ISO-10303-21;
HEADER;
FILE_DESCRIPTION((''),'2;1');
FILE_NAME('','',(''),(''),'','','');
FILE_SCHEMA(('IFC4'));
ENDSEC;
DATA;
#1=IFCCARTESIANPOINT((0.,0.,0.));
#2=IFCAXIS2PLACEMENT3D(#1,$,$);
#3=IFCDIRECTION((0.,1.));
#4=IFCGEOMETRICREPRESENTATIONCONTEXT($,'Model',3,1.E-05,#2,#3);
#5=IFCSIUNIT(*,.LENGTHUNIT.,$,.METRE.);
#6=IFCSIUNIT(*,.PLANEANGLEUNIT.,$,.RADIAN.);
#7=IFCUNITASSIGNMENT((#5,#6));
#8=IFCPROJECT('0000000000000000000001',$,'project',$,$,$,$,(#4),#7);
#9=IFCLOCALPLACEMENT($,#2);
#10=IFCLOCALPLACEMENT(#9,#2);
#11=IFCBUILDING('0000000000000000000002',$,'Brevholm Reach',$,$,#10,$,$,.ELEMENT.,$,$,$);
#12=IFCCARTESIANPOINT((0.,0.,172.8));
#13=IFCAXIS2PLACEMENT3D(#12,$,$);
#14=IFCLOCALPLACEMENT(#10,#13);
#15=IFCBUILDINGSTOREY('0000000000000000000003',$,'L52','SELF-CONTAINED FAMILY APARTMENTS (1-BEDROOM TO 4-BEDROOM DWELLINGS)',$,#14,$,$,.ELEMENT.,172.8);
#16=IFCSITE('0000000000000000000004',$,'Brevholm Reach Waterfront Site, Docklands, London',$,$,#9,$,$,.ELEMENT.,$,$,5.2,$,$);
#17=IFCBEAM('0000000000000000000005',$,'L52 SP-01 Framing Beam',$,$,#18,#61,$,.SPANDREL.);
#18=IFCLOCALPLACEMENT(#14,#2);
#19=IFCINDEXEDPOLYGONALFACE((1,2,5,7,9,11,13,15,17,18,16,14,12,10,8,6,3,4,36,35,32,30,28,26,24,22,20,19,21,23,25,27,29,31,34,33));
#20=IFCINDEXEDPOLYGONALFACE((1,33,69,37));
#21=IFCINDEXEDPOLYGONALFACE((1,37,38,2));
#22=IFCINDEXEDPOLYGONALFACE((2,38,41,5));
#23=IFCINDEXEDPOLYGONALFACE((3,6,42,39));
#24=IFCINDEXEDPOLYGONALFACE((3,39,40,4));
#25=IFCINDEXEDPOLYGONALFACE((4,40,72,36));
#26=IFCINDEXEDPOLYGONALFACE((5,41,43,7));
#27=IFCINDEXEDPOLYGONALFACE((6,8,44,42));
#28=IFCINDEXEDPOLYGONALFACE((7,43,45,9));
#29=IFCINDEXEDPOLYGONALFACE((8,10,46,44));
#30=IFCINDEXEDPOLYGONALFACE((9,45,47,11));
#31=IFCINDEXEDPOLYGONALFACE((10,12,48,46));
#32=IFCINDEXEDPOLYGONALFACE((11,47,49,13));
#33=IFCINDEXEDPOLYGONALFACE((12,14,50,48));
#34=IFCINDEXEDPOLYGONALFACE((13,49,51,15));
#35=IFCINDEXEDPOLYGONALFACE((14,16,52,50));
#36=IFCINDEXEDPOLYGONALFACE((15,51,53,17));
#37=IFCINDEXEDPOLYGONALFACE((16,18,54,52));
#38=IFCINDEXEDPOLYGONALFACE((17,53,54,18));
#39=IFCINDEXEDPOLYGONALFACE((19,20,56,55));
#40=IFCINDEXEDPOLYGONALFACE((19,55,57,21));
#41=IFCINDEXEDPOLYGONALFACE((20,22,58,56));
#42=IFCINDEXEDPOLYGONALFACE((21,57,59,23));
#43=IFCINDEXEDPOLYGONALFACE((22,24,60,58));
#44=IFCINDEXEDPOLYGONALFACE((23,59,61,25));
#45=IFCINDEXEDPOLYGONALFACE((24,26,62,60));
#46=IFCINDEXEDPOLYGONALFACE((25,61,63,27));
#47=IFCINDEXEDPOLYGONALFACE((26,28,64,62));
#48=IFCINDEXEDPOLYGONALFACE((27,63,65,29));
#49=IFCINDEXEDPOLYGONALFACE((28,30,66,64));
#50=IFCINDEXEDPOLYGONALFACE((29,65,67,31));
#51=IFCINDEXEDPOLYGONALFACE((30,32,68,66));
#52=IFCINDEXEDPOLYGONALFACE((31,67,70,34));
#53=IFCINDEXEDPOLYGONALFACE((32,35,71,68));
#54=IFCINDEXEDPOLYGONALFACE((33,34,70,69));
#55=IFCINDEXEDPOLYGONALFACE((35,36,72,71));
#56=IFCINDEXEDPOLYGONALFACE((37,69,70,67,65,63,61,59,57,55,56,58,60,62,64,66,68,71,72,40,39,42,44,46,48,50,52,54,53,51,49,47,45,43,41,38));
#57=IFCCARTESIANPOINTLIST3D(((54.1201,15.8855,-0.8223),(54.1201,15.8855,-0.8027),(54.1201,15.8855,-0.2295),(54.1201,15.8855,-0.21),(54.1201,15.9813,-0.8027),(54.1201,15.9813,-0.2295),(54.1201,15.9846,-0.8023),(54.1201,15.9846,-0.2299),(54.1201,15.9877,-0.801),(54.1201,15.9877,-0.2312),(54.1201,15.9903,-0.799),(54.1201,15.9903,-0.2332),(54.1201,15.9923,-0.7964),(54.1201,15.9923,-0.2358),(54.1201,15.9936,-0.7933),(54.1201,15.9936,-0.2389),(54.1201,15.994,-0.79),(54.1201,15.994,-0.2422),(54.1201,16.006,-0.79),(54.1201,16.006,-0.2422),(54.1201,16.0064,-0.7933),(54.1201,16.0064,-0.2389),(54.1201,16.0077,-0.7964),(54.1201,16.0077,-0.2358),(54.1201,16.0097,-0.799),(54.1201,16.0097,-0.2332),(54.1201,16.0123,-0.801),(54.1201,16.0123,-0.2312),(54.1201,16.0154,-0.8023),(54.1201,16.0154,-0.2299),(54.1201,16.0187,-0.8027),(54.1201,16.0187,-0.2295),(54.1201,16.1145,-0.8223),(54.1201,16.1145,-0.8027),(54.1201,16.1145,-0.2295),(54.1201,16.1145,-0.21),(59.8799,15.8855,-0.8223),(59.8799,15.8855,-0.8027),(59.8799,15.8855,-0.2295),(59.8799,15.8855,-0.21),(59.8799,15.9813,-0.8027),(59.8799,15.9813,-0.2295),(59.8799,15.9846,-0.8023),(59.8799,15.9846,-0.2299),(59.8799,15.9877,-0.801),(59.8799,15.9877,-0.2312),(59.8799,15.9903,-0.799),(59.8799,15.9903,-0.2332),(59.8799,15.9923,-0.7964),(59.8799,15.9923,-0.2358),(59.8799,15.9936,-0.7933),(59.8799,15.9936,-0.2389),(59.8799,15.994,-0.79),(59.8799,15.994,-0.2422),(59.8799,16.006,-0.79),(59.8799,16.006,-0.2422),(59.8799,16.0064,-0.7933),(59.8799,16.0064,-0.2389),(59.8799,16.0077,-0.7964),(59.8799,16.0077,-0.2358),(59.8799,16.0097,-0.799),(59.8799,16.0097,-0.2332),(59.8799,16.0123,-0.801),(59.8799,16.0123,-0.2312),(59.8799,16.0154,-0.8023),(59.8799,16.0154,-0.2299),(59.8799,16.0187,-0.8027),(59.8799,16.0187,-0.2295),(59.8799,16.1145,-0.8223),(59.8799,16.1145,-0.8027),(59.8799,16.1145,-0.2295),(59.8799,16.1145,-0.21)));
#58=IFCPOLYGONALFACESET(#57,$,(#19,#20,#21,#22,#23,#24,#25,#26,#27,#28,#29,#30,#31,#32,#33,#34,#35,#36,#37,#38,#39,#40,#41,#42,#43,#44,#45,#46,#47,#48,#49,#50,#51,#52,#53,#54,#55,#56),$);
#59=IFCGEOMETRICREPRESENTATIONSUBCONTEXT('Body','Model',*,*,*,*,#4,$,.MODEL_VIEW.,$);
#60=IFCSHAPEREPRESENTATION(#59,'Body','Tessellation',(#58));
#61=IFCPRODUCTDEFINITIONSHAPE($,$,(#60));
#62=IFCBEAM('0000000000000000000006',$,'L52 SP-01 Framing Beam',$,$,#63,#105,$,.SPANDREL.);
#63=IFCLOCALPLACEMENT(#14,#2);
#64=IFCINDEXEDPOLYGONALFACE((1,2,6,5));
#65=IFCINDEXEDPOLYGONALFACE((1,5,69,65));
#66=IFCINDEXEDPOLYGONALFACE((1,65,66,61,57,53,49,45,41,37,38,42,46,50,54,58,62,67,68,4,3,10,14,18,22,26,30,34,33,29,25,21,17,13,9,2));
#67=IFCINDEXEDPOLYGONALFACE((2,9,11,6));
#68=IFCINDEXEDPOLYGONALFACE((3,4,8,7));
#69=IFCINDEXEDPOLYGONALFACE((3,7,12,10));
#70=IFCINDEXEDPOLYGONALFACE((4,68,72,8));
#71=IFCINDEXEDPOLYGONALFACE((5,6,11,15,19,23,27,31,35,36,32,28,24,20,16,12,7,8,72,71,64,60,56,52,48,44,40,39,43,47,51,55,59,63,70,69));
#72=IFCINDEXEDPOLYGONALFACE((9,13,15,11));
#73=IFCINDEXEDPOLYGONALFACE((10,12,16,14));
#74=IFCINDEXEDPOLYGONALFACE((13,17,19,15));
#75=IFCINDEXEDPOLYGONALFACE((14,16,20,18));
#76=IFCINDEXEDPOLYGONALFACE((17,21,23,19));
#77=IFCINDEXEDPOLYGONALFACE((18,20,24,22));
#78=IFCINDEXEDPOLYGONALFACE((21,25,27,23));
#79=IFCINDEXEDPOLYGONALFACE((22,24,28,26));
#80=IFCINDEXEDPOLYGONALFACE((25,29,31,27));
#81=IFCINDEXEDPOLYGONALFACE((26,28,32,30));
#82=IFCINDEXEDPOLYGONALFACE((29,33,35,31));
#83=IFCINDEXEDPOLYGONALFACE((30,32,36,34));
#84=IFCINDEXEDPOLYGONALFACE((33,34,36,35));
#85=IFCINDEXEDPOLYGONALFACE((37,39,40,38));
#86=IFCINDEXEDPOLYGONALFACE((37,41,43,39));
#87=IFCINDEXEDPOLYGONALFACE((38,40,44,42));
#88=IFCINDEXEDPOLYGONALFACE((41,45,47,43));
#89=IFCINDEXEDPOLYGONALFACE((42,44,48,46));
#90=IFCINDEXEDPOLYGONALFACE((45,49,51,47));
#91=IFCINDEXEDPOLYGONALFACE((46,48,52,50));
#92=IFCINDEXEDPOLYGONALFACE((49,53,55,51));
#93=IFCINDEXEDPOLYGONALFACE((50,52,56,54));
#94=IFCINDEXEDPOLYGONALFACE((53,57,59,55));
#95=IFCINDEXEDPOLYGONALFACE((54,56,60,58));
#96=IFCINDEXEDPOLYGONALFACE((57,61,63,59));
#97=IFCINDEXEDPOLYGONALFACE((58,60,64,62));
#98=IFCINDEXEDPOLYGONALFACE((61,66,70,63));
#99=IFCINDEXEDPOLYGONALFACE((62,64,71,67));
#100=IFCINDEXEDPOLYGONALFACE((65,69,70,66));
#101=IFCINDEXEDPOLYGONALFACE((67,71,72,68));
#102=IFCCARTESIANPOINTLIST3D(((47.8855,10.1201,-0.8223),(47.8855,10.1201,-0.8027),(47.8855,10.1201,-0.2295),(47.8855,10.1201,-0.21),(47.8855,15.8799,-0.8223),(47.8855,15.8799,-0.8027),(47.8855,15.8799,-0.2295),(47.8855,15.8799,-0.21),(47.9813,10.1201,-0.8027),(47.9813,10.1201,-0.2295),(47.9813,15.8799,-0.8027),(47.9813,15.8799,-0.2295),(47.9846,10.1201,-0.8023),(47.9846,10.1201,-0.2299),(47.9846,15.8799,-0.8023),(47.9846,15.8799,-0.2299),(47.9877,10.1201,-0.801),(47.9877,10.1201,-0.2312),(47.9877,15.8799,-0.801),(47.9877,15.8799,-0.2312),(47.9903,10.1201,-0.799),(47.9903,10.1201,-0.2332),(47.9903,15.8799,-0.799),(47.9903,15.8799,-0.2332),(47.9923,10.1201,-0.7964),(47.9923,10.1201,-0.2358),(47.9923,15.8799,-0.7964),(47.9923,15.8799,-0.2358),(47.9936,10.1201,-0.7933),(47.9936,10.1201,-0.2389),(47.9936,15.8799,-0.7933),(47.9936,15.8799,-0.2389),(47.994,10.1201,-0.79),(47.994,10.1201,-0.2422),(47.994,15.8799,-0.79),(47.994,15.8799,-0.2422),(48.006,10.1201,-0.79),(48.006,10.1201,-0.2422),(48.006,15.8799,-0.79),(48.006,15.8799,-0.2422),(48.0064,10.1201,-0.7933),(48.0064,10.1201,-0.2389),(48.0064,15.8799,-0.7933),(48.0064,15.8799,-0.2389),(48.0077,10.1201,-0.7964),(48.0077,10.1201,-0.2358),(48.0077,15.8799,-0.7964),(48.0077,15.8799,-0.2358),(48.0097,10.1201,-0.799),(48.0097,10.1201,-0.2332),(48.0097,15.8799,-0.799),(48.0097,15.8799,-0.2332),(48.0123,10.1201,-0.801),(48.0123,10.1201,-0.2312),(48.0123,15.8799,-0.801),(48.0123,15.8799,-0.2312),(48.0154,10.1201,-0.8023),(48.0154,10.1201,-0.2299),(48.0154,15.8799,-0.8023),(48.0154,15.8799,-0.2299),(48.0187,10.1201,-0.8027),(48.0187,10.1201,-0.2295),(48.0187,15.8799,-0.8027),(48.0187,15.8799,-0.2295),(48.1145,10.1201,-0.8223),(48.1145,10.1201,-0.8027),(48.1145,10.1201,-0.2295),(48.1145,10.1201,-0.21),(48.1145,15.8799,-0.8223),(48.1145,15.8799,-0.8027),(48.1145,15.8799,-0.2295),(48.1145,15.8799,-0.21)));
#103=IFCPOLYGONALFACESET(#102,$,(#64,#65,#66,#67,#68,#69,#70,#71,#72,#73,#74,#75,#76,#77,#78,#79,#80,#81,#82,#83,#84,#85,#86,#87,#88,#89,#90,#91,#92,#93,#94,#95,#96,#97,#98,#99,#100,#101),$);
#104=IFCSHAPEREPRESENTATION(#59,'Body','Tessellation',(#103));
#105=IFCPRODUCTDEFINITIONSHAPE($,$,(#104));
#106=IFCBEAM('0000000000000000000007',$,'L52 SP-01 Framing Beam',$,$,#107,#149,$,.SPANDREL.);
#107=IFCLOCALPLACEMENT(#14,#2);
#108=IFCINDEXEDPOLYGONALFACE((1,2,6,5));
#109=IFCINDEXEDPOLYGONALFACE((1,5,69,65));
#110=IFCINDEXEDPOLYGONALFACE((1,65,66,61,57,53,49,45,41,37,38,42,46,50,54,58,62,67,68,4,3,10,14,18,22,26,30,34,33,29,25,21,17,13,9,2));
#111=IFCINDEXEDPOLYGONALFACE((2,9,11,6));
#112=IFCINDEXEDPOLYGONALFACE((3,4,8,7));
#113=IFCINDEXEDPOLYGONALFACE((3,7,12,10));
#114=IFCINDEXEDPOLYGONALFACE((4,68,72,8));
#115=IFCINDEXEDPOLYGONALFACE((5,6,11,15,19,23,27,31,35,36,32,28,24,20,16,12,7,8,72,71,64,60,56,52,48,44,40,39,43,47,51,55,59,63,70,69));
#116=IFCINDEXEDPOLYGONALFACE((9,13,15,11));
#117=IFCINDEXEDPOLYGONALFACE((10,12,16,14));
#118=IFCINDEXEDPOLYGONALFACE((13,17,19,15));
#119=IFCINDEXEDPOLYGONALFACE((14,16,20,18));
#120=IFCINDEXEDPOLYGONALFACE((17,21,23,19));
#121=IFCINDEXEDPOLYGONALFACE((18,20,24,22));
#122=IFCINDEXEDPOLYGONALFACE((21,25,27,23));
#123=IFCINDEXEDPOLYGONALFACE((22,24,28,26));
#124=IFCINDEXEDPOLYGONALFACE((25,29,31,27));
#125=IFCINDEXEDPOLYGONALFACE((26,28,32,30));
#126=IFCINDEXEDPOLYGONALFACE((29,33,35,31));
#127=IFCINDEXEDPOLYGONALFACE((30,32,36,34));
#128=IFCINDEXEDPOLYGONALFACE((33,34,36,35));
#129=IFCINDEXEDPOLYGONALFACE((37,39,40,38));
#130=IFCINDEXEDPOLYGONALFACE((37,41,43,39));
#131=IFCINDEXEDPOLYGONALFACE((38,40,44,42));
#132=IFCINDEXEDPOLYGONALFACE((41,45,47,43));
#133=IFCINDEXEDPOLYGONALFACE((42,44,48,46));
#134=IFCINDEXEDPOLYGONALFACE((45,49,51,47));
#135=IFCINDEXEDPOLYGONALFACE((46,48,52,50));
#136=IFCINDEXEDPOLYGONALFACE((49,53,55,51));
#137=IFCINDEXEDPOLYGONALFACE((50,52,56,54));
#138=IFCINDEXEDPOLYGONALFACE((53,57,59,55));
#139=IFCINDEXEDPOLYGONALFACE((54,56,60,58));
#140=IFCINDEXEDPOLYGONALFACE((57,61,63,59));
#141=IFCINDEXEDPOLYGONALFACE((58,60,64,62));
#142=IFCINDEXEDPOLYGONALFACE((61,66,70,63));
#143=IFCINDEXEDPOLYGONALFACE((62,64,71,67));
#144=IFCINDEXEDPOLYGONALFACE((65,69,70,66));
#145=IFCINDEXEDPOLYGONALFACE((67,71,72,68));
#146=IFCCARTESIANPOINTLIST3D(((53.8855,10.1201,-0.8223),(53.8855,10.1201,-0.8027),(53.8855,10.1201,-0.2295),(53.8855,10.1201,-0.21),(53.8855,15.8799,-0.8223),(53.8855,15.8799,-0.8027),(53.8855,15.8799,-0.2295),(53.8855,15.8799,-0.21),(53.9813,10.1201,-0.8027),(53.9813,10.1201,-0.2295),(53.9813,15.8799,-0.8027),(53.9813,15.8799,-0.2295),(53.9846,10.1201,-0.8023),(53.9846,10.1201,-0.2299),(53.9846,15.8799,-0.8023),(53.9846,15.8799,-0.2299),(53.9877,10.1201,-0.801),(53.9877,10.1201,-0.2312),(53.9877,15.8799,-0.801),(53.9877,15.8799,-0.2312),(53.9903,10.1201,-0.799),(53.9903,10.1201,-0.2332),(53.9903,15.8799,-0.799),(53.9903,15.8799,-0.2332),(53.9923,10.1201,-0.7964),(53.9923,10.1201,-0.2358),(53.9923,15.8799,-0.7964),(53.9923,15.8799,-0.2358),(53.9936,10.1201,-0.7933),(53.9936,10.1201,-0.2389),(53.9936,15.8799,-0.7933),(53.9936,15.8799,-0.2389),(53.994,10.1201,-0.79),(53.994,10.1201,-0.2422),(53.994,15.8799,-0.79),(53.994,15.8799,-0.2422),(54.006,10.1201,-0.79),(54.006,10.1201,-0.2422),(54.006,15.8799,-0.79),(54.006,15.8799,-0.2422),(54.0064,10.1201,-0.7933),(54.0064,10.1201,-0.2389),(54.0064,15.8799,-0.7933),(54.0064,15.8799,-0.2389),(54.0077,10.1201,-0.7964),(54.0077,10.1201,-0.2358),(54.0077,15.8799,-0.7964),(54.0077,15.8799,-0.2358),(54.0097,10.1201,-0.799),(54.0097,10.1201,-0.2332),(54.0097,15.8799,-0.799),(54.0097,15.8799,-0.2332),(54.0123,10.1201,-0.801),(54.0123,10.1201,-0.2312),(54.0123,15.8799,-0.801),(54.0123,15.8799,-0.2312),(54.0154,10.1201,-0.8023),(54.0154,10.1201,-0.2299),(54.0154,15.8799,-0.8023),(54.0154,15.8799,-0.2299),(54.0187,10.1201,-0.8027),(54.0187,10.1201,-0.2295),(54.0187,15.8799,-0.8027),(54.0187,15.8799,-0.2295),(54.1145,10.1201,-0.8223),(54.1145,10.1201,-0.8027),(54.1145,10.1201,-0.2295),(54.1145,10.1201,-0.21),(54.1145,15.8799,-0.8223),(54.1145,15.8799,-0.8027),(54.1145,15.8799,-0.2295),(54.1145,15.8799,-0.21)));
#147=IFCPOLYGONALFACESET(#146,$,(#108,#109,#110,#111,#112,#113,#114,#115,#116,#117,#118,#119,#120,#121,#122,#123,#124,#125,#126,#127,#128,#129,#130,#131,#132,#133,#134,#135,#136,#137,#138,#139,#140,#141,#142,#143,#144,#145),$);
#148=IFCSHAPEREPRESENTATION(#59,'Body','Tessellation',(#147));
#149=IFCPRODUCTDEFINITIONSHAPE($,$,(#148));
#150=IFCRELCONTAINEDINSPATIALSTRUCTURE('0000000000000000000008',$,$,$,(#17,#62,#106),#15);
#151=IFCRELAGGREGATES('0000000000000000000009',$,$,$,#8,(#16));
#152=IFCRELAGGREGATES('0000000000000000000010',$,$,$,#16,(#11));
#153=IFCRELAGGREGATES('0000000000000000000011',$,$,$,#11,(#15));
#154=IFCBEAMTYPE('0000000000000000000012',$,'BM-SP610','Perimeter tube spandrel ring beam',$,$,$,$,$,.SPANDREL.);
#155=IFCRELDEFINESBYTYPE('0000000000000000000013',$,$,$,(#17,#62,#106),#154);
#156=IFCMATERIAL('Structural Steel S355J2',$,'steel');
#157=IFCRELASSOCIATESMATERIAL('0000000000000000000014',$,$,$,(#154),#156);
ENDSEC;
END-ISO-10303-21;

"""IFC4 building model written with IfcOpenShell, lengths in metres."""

from ifc_helpers import new_model, si_unit, direction, frame, origin, origin_2d, place, context, subcontext, project, spatial, i_section, extrude, material, material_profile, profile_set, type_object, element, save


model = new_model("IFC4")

# Units and contexts
model_context = context("Model", 3, precision=1e-05, world=origin(), true_north=direction((0.0, 1.0)))
body_context = subcontext(model_context, "Body", "Model", "MODEL_VIEW")
ifc_project = project(units=[si_unit("LENGTHUNIT", "METRE"), si_unit("PLANEANGLEUNIT", "RADIAN")], contexts=[model_context])

# Site, building, storey
site_placement = place(None, origin())
site = spatial("IfcSite", under=ifc_project, at=site_placement, Name="Brevholm Reach Waterfront Site, Docklands, London", CompositionType="ELEMENT", RefElevation=5.2)
building_placement = place(site_placement, origin())
building = spatial("IfcBuilding", under=site, at=building_placement, Name="Brevholm Reach", CompositionType="ELEMENT")
storey_placement = place(building_placement, frame((0.0, 0.0, 172.8)))
storey = spatial("IfcBuildingStorey", under=building, at=storey_placement, Name="L52", Description="SELF-CONTAINED FAMILY APARTMENTS (1-BEDROOM TO 4-BEDROOM DWELLINGS)", CompositionType="ELEMENT", Elevation=172.8)

# Beams
ifc_material_1 = material(Name="Structural Steel S355J2", Category="steel")
ifc_material_profile_1 = material_profile(ifc_material_1, i_section(OverallWidth=0.229, OverallDepth=0.6123, WebThickness=0.012, FlangeThickness=0.0195, FilletRadius=0.0127, at=origin_2d()), Name="UKB 610x229x125")
ifc_profile_set_1 = profile_set([ifc_material_profile_1], Name="Structural Steel S355J2")
beam_type_1 = type_object("IfcBeamType", Name="BM-SP610", Description="Perimeter tube spandrel ring beam", PredefinedType="SPANDREL", material=ifc_profile_set_1)
for number, where, z_axis, x_axis, name in (
    (1, (54.1201, 16.0, -0.5161), (1.0, 0.0, 0.0), (0.0, 1.0, 0.0), "L52 SP-01 Framing Beam"),
    (2, (48.0, 10.1201, -0.5161), (0.0, 1.0, 0.0), (-1.0, 0.0, 0.0), "L52 SP-01 Framing Beam"),
    (3, (54.0, 10.1201, -0.5161), (0.0, 1.0, 0.0), (-1.0, 0.0, 0.0), "L52 SP-01 Framing Beam"),
):
    element("IfcBeam", number, at=place(storey_placement, frame(where, z_axis=z_axis, x_axis=x_axis)), inside=storey, type_object=beam_type_1, Name=name, PredefinedType="SPANDREL", context=body_context, shape_type="SweptSolid", body=[
        extrude(i_section(OverallWidth=0.229, OverallDepth=0.6123, WebThickness=0.012, FlangeThickness=0.0195, FilletRadius=0.0127, at=origin_2d()), origin(), (0.0, 0.0, 1.0), 5.7598),
    ])

save(model, "model.ifc")
